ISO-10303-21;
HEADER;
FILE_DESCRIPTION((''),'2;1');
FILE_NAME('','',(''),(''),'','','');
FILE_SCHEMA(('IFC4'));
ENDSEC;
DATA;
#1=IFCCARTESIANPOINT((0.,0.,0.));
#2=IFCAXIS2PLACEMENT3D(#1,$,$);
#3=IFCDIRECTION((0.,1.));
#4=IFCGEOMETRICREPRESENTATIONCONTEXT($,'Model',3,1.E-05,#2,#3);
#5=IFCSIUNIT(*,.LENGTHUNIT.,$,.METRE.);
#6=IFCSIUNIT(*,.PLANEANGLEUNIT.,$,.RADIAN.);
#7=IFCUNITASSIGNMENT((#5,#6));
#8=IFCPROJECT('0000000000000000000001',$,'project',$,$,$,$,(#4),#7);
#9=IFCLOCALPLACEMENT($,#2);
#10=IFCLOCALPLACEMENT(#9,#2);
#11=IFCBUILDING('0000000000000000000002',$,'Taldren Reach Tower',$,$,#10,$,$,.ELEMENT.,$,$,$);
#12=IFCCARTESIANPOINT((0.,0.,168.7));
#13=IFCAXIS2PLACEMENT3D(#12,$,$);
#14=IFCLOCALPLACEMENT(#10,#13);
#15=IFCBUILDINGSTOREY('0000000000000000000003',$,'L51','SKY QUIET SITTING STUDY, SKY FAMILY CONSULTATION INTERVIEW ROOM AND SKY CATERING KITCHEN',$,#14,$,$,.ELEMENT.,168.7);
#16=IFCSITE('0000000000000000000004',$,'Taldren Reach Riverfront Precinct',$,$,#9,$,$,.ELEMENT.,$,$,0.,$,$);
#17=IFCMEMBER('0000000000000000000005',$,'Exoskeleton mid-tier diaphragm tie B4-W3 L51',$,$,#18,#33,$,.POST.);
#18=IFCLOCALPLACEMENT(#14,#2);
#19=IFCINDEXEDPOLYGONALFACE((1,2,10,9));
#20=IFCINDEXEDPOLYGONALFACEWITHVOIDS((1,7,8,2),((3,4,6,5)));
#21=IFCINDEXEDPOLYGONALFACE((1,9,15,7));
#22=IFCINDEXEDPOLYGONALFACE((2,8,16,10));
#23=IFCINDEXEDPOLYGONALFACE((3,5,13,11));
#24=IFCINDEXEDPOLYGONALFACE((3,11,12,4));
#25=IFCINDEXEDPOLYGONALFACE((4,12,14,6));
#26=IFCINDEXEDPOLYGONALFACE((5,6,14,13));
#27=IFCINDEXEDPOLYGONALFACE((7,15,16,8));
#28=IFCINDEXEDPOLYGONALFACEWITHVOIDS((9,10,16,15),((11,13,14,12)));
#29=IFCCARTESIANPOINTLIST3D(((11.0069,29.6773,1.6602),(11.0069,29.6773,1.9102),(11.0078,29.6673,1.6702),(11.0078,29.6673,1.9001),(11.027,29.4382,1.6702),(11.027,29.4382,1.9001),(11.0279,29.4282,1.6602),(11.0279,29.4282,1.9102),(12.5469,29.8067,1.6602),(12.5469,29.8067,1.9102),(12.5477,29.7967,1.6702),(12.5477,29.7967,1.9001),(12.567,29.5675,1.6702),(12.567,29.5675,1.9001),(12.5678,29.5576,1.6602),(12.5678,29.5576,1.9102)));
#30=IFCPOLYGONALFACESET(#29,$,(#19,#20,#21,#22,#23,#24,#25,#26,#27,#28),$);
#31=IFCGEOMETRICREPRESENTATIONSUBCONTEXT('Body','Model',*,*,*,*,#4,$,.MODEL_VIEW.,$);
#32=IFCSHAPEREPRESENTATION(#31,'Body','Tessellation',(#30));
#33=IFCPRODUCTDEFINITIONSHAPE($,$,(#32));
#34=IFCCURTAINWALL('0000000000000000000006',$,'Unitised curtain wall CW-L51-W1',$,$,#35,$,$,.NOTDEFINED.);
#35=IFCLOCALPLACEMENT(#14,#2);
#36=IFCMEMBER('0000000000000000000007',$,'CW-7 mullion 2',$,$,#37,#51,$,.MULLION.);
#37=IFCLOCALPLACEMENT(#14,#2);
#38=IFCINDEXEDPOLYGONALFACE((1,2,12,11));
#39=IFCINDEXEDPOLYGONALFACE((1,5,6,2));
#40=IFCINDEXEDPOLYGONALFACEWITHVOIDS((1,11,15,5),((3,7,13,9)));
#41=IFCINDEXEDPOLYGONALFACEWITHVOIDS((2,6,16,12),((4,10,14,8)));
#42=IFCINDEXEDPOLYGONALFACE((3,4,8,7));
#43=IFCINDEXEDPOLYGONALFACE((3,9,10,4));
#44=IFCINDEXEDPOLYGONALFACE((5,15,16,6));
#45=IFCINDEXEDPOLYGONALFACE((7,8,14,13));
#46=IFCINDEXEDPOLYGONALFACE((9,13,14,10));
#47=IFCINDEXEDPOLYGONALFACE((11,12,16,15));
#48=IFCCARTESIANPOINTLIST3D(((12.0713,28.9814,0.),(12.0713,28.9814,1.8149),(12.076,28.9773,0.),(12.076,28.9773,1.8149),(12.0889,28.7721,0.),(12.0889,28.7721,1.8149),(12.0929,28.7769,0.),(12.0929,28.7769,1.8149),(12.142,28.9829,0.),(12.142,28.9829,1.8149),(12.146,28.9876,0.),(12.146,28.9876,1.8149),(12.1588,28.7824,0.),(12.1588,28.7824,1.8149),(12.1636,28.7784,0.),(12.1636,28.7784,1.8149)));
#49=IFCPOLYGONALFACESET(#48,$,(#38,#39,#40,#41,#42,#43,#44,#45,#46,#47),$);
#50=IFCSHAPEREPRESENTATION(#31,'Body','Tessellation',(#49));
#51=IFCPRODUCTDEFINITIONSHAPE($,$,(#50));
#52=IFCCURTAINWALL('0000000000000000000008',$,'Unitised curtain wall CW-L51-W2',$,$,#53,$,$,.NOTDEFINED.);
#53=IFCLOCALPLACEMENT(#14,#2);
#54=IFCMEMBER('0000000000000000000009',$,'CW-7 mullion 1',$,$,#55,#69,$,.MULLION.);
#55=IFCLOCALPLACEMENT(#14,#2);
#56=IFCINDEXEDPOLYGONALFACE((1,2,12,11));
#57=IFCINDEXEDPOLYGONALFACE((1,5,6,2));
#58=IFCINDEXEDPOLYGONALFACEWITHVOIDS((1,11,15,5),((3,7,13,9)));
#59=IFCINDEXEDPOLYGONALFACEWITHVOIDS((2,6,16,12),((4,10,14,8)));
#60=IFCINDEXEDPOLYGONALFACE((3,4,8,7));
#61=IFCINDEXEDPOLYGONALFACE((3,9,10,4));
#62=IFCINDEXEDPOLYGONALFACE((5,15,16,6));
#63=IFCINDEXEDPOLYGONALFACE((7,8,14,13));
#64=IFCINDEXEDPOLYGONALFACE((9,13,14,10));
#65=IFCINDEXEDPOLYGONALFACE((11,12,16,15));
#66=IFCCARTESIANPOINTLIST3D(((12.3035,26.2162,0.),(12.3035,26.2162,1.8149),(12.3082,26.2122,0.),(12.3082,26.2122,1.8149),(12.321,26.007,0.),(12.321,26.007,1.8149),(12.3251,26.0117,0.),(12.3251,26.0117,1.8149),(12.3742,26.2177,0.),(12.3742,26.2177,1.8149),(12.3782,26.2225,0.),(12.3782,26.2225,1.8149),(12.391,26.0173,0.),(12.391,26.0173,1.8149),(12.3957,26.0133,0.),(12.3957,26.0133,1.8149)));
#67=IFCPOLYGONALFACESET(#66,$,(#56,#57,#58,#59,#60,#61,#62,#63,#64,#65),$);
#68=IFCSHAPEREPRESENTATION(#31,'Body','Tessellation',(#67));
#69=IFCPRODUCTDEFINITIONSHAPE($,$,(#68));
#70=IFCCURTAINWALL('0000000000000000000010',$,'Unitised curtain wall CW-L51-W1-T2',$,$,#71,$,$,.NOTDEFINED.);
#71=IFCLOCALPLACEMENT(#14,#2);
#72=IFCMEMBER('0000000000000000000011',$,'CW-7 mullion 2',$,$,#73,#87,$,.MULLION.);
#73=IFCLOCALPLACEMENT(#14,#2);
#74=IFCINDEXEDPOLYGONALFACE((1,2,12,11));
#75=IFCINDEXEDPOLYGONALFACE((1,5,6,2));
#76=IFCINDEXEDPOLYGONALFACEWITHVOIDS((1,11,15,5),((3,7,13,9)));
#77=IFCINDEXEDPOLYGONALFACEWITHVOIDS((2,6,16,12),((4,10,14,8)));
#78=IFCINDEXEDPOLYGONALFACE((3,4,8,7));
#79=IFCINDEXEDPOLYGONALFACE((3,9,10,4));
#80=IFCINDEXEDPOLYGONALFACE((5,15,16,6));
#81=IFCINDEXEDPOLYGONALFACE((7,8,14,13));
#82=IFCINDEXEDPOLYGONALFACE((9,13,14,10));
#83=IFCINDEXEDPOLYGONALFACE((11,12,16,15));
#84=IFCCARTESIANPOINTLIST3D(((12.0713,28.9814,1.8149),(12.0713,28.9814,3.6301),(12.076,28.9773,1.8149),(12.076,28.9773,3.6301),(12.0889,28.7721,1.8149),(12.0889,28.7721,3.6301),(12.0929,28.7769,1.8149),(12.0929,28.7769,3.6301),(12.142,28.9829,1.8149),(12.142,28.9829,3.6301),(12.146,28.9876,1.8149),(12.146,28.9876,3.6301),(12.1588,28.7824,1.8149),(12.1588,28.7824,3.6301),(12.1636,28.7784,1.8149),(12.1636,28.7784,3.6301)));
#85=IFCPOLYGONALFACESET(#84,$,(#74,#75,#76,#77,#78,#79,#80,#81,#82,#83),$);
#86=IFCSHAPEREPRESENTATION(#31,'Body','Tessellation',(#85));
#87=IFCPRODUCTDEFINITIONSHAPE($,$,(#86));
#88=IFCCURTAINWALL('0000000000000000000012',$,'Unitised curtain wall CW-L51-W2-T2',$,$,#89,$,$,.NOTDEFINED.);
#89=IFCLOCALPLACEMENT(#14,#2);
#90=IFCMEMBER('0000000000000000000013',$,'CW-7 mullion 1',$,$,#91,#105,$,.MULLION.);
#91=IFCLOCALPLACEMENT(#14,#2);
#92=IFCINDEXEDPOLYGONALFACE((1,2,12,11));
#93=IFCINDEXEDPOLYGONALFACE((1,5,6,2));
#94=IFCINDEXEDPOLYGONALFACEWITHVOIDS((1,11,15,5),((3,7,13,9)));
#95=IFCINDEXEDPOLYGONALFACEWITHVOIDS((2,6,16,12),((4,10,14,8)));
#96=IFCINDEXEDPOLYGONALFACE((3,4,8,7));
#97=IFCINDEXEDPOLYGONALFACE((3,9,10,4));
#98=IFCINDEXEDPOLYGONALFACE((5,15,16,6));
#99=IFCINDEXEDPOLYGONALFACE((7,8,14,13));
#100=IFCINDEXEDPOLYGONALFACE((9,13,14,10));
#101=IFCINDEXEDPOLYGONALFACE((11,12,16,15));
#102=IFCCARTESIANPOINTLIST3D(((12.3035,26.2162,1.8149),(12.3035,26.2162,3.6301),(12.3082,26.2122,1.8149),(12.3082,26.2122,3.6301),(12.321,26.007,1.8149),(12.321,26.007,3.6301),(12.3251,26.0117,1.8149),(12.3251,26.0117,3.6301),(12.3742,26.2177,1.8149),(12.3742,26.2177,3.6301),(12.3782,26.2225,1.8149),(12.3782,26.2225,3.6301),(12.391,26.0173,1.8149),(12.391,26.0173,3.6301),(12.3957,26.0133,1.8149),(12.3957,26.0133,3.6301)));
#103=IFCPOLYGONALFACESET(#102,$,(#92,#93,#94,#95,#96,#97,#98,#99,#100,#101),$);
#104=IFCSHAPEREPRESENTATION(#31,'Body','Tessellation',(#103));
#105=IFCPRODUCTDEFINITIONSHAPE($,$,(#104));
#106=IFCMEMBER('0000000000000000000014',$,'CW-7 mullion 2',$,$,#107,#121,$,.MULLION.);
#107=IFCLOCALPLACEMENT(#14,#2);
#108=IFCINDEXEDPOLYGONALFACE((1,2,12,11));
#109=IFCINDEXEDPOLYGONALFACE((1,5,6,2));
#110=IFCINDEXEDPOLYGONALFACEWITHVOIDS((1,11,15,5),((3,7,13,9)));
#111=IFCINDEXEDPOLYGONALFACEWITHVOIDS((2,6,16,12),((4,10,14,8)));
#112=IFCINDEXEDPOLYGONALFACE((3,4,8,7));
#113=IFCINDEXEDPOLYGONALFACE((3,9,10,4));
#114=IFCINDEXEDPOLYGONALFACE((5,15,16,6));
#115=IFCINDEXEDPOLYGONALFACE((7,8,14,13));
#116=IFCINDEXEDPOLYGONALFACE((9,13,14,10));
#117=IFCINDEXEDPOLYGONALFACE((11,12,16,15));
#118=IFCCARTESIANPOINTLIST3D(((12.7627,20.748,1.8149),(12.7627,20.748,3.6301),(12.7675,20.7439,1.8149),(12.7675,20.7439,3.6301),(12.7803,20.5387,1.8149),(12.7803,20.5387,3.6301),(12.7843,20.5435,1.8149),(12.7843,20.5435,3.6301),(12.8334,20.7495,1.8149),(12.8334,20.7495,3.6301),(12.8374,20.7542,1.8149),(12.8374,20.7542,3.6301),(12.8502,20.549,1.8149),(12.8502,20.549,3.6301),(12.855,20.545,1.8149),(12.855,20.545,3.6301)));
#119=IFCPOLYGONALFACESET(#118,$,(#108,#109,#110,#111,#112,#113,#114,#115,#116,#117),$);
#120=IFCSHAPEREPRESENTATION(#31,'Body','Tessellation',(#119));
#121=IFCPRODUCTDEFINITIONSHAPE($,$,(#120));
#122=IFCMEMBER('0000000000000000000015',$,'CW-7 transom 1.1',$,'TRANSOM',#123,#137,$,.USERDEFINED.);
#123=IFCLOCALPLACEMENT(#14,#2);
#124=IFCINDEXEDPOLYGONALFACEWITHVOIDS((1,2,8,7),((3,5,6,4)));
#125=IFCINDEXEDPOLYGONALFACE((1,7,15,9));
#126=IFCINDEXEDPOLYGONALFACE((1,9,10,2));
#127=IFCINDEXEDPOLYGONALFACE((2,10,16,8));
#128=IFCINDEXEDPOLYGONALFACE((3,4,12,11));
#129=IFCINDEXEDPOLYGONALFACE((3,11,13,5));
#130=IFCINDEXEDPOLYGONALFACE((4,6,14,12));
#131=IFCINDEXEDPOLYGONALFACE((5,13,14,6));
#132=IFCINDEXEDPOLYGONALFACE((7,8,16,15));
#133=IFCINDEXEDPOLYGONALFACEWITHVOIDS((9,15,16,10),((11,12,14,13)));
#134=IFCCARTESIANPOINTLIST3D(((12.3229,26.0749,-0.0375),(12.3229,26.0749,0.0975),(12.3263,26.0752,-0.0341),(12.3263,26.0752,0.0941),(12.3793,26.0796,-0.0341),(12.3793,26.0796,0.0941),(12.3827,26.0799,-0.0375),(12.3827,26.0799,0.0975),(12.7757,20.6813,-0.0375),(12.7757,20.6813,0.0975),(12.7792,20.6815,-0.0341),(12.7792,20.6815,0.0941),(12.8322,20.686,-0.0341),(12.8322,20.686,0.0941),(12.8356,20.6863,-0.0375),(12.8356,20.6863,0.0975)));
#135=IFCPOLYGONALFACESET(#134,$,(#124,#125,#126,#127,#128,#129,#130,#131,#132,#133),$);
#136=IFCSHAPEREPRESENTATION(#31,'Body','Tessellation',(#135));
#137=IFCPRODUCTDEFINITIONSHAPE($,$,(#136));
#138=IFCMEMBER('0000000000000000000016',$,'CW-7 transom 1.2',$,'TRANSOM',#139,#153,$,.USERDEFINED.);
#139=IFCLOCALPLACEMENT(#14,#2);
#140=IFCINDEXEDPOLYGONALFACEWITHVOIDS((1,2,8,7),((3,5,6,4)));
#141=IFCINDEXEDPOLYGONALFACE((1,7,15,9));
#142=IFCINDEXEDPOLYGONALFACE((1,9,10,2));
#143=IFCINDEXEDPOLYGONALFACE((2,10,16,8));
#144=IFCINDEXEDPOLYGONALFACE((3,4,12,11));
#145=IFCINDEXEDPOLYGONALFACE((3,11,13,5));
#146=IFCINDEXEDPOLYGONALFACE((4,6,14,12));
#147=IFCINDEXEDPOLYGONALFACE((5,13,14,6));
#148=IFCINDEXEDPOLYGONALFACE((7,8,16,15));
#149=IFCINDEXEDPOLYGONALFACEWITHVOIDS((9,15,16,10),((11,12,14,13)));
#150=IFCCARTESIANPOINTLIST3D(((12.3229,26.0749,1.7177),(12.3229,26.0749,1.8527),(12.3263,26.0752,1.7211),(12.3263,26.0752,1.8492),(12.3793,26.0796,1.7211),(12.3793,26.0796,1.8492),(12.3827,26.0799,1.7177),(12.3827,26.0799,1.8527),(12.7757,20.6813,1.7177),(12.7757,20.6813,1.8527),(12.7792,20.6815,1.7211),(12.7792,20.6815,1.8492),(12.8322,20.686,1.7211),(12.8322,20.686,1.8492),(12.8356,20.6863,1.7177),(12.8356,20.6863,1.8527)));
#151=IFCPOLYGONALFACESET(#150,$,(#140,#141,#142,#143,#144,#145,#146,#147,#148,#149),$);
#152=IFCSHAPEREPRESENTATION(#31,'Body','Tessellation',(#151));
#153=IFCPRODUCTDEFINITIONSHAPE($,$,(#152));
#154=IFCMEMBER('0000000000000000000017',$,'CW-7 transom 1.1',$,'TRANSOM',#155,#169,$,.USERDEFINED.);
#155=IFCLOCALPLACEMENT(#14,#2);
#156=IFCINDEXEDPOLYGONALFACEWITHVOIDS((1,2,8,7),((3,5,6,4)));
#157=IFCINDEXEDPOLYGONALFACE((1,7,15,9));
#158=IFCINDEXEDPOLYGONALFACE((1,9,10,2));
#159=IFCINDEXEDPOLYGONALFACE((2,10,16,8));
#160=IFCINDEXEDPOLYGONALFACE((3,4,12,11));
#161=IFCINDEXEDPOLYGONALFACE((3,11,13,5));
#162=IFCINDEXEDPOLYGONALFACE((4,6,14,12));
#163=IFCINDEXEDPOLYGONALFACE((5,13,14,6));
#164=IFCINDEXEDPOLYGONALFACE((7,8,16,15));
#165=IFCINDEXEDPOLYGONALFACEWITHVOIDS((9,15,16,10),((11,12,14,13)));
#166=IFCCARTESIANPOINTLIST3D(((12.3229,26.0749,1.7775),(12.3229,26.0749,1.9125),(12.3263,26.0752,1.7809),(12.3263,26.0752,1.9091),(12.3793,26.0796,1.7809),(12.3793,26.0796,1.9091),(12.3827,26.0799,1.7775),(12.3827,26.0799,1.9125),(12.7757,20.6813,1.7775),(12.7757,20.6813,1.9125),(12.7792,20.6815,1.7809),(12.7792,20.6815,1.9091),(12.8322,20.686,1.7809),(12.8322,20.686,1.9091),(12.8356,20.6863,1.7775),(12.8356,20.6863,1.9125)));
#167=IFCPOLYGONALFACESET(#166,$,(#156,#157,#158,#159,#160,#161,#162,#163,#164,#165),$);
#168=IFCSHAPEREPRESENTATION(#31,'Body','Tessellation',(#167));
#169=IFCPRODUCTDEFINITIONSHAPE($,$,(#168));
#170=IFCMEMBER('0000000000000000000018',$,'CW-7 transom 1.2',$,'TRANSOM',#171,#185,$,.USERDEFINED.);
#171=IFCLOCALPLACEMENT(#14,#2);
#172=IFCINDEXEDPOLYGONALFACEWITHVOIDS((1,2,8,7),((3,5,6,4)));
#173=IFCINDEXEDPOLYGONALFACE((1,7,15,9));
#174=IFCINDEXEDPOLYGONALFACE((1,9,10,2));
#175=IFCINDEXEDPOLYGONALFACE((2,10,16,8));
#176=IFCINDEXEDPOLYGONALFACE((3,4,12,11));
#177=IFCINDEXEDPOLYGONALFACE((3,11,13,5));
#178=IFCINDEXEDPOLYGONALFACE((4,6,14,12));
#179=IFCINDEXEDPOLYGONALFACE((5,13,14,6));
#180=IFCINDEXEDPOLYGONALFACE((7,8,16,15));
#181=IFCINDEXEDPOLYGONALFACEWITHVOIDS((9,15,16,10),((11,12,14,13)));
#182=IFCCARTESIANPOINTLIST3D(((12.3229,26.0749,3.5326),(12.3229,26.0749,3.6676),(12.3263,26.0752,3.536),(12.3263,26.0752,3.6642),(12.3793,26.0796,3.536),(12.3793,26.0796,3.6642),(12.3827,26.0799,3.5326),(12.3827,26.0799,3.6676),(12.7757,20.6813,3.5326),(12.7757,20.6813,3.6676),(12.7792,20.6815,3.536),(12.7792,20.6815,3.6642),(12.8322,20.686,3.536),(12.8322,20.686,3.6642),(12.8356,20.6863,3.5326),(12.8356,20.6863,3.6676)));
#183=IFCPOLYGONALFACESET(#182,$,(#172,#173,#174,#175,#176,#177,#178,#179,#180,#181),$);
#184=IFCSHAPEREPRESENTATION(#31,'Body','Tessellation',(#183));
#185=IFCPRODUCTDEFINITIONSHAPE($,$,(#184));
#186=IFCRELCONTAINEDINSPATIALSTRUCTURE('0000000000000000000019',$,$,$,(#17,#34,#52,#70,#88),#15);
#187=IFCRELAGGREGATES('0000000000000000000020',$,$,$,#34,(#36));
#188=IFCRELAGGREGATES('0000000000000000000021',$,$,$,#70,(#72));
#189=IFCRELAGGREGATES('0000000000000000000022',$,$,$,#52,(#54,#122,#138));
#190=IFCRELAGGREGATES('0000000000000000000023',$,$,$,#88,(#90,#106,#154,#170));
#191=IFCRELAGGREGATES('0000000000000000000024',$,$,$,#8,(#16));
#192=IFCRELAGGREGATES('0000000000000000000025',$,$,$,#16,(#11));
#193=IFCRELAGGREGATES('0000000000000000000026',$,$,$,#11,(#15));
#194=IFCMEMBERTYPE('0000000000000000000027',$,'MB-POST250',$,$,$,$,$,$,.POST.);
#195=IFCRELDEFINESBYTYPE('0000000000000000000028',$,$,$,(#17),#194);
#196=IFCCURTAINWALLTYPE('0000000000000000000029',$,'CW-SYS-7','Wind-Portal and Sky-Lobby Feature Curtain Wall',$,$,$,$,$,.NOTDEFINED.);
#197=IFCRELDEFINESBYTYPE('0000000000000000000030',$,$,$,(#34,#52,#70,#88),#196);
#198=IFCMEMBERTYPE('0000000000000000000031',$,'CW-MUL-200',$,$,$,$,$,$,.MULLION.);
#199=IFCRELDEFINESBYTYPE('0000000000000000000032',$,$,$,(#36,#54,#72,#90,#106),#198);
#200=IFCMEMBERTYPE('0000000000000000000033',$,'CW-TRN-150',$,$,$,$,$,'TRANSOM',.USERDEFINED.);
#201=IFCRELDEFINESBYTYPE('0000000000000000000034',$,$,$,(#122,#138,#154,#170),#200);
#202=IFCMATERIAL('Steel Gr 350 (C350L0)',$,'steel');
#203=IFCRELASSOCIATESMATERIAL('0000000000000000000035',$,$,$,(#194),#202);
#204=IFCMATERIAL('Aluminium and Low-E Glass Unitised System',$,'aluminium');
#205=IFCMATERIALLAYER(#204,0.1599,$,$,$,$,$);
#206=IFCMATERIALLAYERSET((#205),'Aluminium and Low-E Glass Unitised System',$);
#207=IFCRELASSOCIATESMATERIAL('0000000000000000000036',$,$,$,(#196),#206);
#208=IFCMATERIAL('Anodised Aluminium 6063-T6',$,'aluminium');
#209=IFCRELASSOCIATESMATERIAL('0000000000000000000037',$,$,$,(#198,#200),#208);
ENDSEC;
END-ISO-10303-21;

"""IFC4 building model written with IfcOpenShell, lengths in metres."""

from ifc_helpers import new_model, si_unit, direction, frame, origin, origin_2d, place, context, subcontext, project, spatial, hollow_rectangle, extrude, source, transform, mapped, material, layer, layer_set, material_profile, profile_set, type_object, element, aggregate, save


model = new_model("IFC4")

# Units and contexts
model_context = context("Model", 3, precision=1e-05, world=origin(), true_north=direction((0.0, 1.0)))
body_context = subcontext(model_context, "Body", "Model", "MODEL_VIEW")
ifc_project = project(units=[si_unit("LENGTHUNIT", "METRE"), si_unit("PLANEANGLEUNIT", "RADIAN")], contexts=[model_context])

# Site, building, storey
site_placement = place(None, origin())
site = spatial("IfcSite", under=ifc_project, at=site_placement, Name="Taldren Reach Riverfront Precinct", CompositionType="ELEMENT", RefElevation=0.0)
building_placement = place(site_placement, origin())
building = spatial("IfcBuilding", under=site, at=building_placement, Name="Taldren Reach Tower", CompositionType="ELEMENT")
storey_placement = place(building_placement, frame((0.0, 0.0, 168.7)))
storey = spatial("IfcBuildingStorey", under=building, at=storey_placement, Name="L51", Description="SKY QUIET SITTING STUDY, SKY FAMILY CONSULTATION INTERVIEW ROOM AND SKY CATERING KITCHEN", CompositionType="ELEMENT", Elevation=168.7)

# Member
ifc_material_1 = material(Name="Steel Gr 350 (C350L0)", Category="steel")
ifc_material_profile_1 = material_profile(ifc_material_1, hollow_rectangle(XDim=0.25, YDim=0.25, WallThickness=0.01, at=origin_2d()), Name="250x250x10.0SHS")
ifc_profile_set_1 = profile_set([ifc_material_profile_1], Name="Steel Gr 350 (C350L0)")
member_type_1 = type_object("IfcMemberType", Name="MB-POST250", PredefinedType="POST", material=ifc_profile_set_1)
shared_shape_1 = source(origin(), body_context, "Body", "SweptSolid", [
    extrude(hollow_rectangle(XDim=0.25, YDim=0.25, WallThickness=0.01, at=origin_2d()), origin(), (0.0, 0.0, 1.0), 1.5454),
])
member_1_placement = place(storey_placement, frame((12.5574, 29.6821, 1.7852), z_axis=(-0.996489, -0.083725, 0.0), x_axis=(0.083725, -0.996489, 0.0)))
element("IfcMember", 1, at=member_1_placement, inside=storey, type_object=member_type_1, Name="Exoskeleton mid-tier diaphragm tie B4-W3 L51", PredefinedType="POST", context=body_context, shape_type="MappedRepresentation", body=[
    mapped(shared_shape_1, transform((0.0, 0.0, 0.0), scale=1.0)),
])

# Curtain walls, members
ifc_material_2 = material(Name="Aluminium and Low-E Glass Unitised System", Category="aluminium")
ifc_layer_1 = layer(ifc_material_2, 0.1599)
ifc_layer_set_1 = layer_set([ifc_layer_1], Name="Aluminium and Low-E Glass Unitised System")
curtain_wall_type = type_object("IfcCurtainWallType", Name="CW-SYS-7", Description="Wind-Portal and Sky-Lobby Feature Curtain Wall", PredefinedType="NOTDEFINED", material=ifc_layer_set_1)
curtain_wall_1_placement = place(storey_placement, origin())
curtain_wall_1 = element("IfcCurtainWall", 2, at=curtain_wall_1_placement, inside=storey, type_object=curtain_wall_type, Name="Unitised curtain wall CW-L51-W1", PredefinedType="NOTDEFINED")
ifc_material_3 = material(Name="Anodised Aluminium 6063-T6", Category="aluminium")
ifc_material_profile_2 = material_profile(ifc_material_3, hollow_rectangle(XDim=0.075, YDim=0.21, WallThickness=0.0044, at=origin_2d()), Name="ALU-210x75x4.5RHS")
ifc_profile_set_2 = profile_set([ifc_material_profile_2], Name="Anodised Aluminium 6063-T6")
member_type_2 = type_object("IfcMemberType", Name="CW-MUL-200", PredefinedType="MULLION", material=ifc_profile_set_2)
shared_shape_2 = source(origin(), body_context, "Body", "SweptSolid", [
    extrude(hollow_rectangle(XDim=0.075, YDim=0.21, WallThickness=0.0044, at=origin_2d()), origin(), (0.0, 0.0, 1.0), 1.8149),
])
member_2_placement = place(storey_placement, frame((12.1174, 28.8799, 0.0), z_axis=(0.0, 0.0, 1.0), x_axis=(0.996493, 0.08368, 0.0)))
member_2 = element("IfcMember", 3, at=member_2_placement, type_object=member_type_2, Name="CW-7 mullion 2", PredefinedType="MULLION", context=body_context, shape_type="MappedRepresentation", body=[
    mapped(shared_shape_2, transform((0.0, 0.0, 0.0), scale=1.0)),
])
curtain_wall_2_placement = place(storey_placement, origin())
curtain_wall_2 = element("IfcCurtainWall", 4, at=curtain_wall_2_placement, inside=storey, type_object=curtain_wall_type, Name="Unitised curtain wall CW-L51-W2", PredefinedType="NOTDEFINED")
member_3_placement = place(storey_placement, frame((12.3496, 26.1147, 0.0), z_axis=(0.0, 0.0, 1.0), x_axis=(0.996493, 0.083678, 0.0)))
member_3 = element("IfcMember", 5, at=member_3_placement, type_object=member_type_2, Name="CW-7 mullion 1", PredefinedType="MULLION", context=body_context, shape_type="MappedRepresentation", body=[
    mapped(shared_shape_2, transform((0.0, 0.0, 0.0), scale=1.0)),
])
curtain_wall_3_placement = place(storey_placement, origin())
curtain_wall_3 = element("IfcCurtainWall", 6, at=curtain_wall_3_placement, inside=storey, type_object=curtain_wall_type, Name="Unitised curtain wall CW-L51-W1-T2", PredefinedType="NOTDEFINED")
shared_shape_3 = source(origin(), body_context, "Body", "SweptSolid", [
    extrude(hollow_rectangle(XDim=0.075, YDim=0.21, WallThickness=0.0044, at=origin_2d()), origin(), (0.0, 0.0, 1.0), 1.8152),
])
member_4_placement = place(storey_placement, frame((12.1174, 28.8799, 1.8149), z_axis=(0.0, 0.0, 1.0), x_axis=(0.996493, 0.08368, 0.0)))
member_4 = element("IfcMember", 7, at=member_4_placement, type_object=member_type_2, Name="CW-7 mullion 2", PredefinedType="MULLION", context=body_context, shape_type="MappedRepresentation", body=[
    mapped(shared_shape_3, transform((0.0, 0.0, 0.0), scale=1.0)),
])

# Curtain wall, members
curtain_wall_4_placement = place(storey_placement, origin())
curtain_wall_4 = element("IfcCurtainWall", 8, at=curtain_wall_4_placement, inside=storey, type_object=curtain_wall_type, Name="Unitised curtain wall CW-L51-W2-T2", PredefinedType="NOTDEFINED")
member_5_placement = place(storey_placement, frame((12.3496, 26.1147, 1.8149), z_axis=(0.0, 0.0, 1.0), x_axis=(0.996493, 0.083678, 0.0)))
member_5 = element("IfcMember", 9, at=member_5_placement, type_object=member_type_2, Name="CW-7 mullion 1", PredefinedType="MULLION", context=body_context, shape_type="MappedRepresentation", body=[
    mapped(shared_shape_3, transform((0.0, 0.0, 0.0), scale=1.0)),
])
member_6_placement = place(storey_placement, frame((12.8088, 20.6465, 1.8149), z_axis=(0.0, 0.0, 1.0), x_axis=(0.996493, 0.083678, 0.0)))
member_6 = element("IfcMember", 10, at=member_6_placement, type_object=member_type_2, Name="CW-7 mullion 2", PredefinedType="MULLION", context=body_context, shape_type="MappedRepresentation", body=[
    mapped(shared_shape_3, transform((0.0, 0.0, 0.0), scale=1.0)),
])

# Members
ifc_material_profile_3 = material_profile(ifc_material_3, hollow_rectangle(XDim=0.0601, YDim=0.135, WallThickness=0.0034, at=origin_2d()), Name="ALU-135x60x3.5RHS")
ifc_profile_set_3 = profile_set([ifc_material_profile_3], Name="Anodised Aluminium 6063-T6")
member_type_3 = type_object("IfcMemberType", Name="CW-TRN-150", ElementType="TRANSOM", PredefinedType="USERDEFINED", material=ifc_profile_set_3)
shared_shape_4 = source(origin(), body_context, "Body", "SweptSolid", [
    extrude(hollow_rectangle(XDim=0.0601, YDim=0.135, WallThickness=0.0034, at=origin_2d()), origin(), (0.0, 0.0, 1.0), 5.4126),
])
member_7_placement = place(storey_placement, frame((12.3528, 26.0774, 0.03), z_axis=(0.083673, -0.996493, 0.0), x_axis=(0.996493, 0.083673, 0.0)))
member_7 = element("IfcMember", 11, at=member_7_placement, type_object=member_type_3, Name="CW-7 transom 1.1", ObjectType="TRANSOM", PredefinedType="USERDEFINED", context=body_context, shape_type="MappedRepresentation", body=[
    mapped(shared_shape_4, transform((0.0, 0.0, 0.0), scale=1.0)),
])
member_8_placement = place(storey_placement, frame((12.3528, 26.0774, 1.7852), z_axis=(0.083673, -0.996493, 0.0), x_axis=(0.996493, 0.083673, 0.0)))
member_8 = element("IfcMember", 12, at=member_8_placement, type_object=member_type_3, Name="CW-7 transom 1.2", ObjectType="TRANSOM", PredefinedType="USERDEFINED", context=body_context, shape_type="MappedRepresentation", body=[
    mapped(shared_shape_4, transform((0.0, 0.0, 0.0), scale=1.0)),
])
member_9_placement = place(storey_placement, frame((12.3528, 26.0774, 1.845), z_axis=(0.083673, -0.996493, 0.0), x_axis=(0.996493, 0.083673, 0.0)))
member_9 = element("IfcMember", 13, at=member_9_placement, type_object=member_type_3, Name="CW-7 transom 1.1", ObjectType="TRANSOM", PredefinedType="USERDEFINED", context=body_context, shape_type="MappedRepresentation", body=[
    mapped(shared_shape_4, transform((0.0, 0.0, 0.0), scale=1.0)),
])
member_10_placement = place(storey_placement, frame((12.3528, 26.0774, 3.6001), z_axis=(0.083673, -0.996493, 0.0), x_axis=(0.996493, 0.083673, 0.0)))
member_10 = element("IfcMember", 14, at=member_10_placement, type_object=member_type_3, Name="CW-7 transom 1.2", ObjectType="TRANSOM", PredefinedType="USERDEFINED", context=body_context, shape_type="MappedRepresentation", body=[
    mapped(shared_shape_4, transform((0.0, 0.0, 0.0), scale=1.0)),
])

aggregate(curtain_wall_1, [member_2])
aggregate(curtain_wall_3, [member_4])
aggregate(curtain_wall_2, [member_3, member_7, member_8])
aggregate(curtain_wall_4, [member_5, member_6, member_9, member_10])

save(model, "model.ifc")
